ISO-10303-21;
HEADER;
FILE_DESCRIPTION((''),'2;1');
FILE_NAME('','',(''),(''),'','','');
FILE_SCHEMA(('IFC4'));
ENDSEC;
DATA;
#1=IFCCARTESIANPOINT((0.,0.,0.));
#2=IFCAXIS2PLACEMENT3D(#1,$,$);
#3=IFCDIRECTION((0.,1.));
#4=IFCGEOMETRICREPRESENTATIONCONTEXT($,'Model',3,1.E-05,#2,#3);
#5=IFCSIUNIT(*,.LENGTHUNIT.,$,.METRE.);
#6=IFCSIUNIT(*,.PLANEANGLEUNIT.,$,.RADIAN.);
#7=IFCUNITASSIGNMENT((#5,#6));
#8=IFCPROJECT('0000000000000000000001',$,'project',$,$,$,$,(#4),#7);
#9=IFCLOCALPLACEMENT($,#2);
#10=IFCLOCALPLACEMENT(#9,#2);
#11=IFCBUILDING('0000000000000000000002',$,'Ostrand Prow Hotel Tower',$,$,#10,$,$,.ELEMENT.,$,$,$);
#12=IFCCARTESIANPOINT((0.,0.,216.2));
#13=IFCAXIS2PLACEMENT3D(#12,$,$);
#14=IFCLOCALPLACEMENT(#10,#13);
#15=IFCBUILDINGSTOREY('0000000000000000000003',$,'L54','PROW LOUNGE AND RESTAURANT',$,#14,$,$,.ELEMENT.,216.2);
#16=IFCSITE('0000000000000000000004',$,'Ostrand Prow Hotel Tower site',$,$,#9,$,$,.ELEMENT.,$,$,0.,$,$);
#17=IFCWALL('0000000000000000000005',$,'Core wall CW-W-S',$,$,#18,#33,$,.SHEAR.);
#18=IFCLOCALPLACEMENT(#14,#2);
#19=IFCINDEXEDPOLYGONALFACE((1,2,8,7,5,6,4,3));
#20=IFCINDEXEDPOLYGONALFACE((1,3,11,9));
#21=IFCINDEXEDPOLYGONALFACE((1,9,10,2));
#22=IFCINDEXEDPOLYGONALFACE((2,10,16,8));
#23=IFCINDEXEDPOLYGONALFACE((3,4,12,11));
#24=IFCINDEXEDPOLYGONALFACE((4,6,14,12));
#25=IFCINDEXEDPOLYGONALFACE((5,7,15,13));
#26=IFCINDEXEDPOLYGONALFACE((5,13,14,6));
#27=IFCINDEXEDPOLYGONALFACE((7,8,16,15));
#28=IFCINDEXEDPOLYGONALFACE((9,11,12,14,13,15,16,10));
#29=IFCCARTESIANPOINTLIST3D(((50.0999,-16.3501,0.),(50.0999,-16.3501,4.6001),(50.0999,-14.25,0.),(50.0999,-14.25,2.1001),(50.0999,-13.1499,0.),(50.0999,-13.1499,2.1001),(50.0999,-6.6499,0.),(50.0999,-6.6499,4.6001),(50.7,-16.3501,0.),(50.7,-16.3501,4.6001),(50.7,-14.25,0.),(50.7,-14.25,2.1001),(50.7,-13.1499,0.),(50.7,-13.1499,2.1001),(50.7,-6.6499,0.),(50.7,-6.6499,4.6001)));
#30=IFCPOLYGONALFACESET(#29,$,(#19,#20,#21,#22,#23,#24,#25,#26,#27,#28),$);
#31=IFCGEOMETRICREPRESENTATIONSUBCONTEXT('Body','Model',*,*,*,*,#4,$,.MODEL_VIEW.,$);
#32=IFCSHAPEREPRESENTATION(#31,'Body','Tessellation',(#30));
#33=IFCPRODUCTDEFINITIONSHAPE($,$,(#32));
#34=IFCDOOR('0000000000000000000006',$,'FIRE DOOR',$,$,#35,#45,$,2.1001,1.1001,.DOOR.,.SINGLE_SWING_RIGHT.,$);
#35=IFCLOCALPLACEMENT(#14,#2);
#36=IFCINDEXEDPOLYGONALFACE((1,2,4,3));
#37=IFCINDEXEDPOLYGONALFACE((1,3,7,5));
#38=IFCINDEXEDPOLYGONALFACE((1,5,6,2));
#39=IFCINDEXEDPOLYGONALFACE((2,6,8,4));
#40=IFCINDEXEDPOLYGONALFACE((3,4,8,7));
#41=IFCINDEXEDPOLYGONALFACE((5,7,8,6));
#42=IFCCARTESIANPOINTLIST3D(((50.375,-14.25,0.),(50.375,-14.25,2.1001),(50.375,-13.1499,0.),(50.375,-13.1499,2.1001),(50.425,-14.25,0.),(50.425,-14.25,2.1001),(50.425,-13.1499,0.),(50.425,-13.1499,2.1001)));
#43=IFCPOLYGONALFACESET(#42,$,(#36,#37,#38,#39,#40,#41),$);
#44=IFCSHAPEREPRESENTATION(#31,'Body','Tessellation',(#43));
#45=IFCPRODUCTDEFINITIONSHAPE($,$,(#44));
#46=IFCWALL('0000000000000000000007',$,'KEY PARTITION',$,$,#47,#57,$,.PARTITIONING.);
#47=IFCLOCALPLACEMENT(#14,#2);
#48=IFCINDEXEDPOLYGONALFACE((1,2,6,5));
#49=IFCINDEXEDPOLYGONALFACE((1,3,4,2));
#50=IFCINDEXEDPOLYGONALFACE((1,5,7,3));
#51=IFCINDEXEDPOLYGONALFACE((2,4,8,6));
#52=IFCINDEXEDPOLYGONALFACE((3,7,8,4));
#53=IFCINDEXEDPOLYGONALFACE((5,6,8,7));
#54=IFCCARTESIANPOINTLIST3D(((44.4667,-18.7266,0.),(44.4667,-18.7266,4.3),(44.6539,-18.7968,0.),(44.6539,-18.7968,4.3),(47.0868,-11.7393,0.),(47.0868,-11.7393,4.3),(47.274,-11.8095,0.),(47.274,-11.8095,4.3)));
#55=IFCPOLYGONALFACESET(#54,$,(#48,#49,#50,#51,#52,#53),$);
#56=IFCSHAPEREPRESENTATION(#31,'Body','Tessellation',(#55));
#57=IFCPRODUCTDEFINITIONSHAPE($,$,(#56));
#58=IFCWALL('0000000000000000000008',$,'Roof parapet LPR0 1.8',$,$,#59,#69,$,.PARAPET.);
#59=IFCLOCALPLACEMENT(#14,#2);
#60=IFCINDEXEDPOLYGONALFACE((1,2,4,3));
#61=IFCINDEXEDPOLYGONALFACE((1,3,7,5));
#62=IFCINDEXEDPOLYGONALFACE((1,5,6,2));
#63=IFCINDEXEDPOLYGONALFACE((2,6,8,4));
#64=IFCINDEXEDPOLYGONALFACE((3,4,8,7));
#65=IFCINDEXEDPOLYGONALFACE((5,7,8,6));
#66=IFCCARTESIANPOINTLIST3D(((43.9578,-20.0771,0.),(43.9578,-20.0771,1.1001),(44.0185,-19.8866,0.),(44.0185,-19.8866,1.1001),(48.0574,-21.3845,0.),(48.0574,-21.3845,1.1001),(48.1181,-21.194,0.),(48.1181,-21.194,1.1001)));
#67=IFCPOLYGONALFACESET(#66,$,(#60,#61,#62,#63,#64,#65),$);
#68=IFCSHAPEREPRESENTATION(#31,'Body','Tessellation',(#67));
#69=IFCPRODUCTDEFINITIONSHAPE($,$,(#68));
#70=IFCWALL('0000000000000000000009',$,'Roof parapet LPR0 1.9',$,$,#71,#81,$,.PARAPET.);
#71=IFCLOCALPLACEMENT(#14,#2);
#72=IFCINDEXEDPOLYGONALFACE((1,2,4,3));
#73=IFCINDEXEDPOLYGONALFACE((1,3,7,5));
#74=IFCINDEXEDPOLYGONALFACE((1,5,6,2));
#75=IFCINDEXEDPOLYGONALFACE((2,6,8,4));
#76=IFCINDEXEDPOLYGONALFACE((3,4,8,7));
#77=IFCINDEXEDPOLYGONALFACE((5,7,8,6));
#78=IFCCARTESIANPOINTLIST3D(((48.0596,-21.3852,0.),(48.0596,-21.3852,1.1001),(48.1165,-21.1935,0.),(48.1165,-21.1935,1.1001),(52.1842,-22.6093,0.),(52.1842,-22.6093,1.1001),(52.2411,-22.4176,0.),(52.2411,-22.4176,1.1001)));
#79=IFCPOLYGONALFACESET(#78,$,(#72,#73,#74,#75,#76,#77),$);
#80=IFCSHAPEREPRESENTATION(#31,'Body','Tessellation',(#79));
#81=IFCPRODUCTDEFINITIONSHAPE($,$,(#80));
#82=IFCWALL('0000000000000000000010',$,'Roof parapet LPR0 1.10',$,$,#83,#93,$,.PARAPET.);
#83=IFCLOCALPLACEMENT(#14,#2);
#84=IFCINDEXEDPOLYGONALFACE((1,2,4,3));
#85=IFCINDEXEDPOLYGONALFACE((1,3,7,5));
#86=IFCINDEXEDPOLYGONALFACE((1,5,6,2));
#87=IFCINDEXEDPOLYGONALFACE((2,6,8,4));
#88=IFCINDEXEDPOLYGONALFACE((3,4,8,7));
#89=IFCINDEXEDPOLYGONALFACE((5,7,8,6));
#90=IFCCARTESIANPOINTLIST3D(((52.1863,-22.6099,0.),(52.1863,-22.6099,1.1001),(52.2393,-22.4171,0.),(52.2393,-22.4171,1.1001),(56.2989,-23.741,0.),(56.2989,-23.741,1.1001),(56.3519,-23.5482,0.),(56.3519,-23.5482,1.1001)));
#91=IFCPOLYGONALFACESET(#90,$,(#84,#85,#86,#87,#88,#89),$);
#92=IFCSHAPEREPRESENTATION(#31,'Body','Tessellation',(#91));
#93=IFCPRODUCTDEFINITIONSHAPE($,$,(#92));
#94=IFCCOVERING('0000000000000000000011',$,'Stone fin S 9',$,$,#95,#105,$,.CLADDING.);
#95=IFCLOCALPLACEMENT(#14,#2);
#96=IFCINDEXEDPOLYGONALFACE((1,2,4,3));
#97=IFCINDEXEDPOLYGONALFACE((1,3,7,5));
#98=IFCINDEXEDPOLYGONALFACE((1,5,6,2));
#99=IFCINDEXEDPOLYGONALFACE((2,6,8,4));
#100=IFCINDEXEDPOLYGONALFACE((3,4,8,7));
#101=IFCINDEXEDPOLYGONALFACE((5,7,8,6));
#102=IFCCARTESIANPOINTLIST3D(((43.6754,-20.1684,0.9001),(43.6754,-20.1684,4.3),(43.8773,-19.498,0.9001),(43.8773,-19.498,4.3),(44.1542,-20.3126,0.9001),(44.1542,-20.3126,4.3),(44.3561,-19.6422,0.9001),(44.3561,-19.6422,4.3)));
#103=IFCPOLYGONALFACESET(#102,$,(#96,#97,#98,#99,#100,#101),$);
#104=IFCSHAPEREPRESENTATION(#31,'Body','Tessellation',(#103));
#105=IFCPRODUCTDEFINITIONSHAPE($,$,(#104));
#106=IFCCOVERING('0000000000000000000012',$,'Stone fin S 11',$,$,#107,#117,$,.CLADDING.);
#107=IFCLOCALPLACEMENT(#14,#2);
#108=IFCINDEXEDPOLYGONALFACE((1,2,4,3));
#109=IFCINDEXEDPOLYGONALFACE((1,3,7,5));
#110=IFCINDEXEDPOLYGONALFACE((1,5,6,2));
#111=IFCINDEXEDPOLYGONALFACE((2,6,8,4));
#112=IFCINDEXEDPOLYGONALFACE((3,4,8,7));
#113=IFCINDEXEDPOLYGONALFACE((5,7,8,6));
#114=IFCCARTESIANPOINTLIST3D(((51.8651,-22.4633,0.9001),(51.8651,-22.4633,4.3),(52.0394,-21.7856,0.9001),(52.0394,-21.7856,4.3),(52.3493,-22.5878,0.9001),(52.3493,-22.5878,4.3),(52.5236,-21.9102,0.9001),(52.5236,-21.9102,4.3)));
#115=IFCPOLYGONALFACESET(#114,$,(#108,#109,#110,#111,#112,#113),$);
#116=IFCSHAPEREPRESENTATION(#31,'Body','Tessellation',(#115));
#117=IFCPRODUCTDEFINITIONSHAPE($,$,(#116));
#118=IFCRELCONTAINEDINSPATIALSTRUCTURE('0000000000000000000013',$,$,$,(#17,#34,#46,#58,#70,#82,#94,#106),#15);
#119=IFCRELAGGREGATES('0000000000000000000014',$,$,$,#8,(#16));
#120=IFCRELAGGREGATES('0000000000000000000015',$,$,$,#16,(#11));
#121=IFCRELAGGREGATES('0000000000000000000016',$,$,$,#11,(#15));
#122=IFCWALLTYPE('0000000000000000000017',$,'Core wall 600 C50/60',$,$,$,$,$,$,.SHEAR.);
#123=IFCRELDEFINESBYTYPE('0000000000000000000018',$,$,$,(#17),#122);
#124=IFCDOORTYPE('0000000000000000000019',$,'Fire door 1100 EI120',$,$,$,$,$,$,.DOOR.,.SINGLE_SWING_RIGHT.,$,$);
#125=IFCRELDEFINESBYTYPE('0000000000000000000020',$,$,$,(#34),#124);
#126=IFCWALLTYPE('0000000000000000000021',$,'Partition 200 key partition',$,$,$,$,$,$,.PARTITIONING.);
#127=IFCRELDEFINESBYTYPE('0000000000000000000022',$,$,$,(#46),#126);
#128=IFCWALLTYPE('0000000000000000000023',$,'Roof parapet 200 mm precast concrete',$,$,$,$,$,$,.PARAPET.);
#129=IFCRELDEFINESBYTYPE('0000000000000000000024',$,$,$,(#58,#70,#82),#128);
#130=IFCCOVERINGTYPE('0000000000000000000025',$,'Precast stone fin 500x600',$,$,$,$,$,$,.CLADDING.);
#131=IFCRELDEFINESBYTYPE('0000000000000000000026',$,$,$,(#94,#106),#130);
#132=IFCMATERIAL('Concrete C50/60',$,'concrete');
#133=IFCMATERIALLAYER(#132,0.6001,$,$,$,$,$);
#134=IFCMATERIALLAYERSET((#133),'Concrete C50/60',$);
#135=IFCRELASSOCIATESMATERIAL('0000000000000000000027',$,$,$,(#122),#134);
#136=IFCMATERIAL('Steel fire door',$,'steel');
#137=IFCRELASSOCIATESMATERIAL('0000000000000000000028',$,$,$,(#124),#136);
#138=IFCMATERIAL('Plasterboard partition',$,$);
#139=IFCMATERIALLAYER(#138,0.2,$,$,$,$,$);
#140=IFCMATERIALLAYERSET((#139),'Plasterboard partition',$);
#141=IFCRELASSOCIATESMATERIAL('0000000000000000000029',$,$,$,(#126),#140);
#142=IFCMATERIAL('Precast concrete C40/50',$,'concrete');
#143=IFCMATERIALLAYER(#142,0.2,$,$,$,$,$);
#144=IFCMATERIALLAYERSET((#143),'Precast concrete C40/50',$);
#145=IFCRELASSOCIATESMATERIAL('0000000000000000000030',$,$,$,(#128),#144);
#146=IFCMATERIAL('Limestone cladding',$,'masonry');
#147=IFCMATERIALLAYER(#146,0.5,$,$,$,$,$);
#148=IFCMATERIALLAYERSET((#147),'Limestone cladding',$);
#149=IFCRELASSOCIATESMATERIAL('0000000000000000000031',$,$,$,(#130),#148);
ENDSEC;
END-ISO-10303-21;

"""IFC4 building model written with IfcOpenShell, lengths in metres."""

from ifc_helpers import new_model, si_unit, direction, frame, frame_2d, origin, place, context, subcontext, project, spatial, rectangle, extrude, material, layer, layer_set, type_object, element, fill, save


model = new_model("IFC4")

# Units and contexts
model_context = context("Model", 3, precision=1e-05, world=origin(), true_north=direction((0.0, 1.0)))
body_context = subcontext(model_context, "Body", "Model", "MODEL_VIEW")
ifc_project = project(units=[si_unit("LENGTHUNIT", "METRE"), si_unit("PLANEANGLEUNIT", "RADIAN")], contexts=[model_context])

# Site, building, storey
site_placement = place(None, origin())
site = spatial("IfcSite", under=ifc_project, at=site_placement, Name="Ostrand Prow Hotel Tower site", CompositionType="ELEMENT", RefElevation=0.0)
building_placement = place(site_placement, origin())
building = spatial("IfcBuilding", under=site, at=building_placement, Name="Ostrand Prow Hotel Tower", CompositionType="ELEMENT")
storey_placement = place(building_placement, frame((0.0, 0.0, 216.2)))
storey = spatial("IfcBuildingStorey", under=building, at=storey_placement, Name="L54", Description="PROW LOUNGE AND RESTAURANT", CompositionType="ELEMENT", Elevation=216.2)

# Wall, opening, door
ifc_material_1 = material(Name="Concrete C50/60", Category="concrete")
ifc_layer_1 = layer(ifc_material_1, 0.6001)
ifc_layer_set_1 = layer_set([ifc_layer_1], Name="Concrete C50/60")
wall_type_1 = type_object("IfcWallType", Name="Core wall 600 C50/60", PredefinedType="SHEAR", material=ifc_layer_set_1)
wall_1_placement = place(storey_placement, frame((50.3999, -16.3501, 0.0), z_axis=(0.0, 0.0, 1.0), x_axis=(0.0, 1.0, 0.0)))
wall_1 = element("IfcWall", 1, at=wall_1_placement, inside=storey, type_object=wall_type_1, Name="Core wall CW-W-S", PredefinedType="SHEAR", context=body_context, shape_type="SweptSolid", body=[
    extrude(rectangle(XDim=9.7002, YDim=0.6001, at=frame_2d((4.8501, 0.0))), origin(), (0.0, 0.0, 1.0), 4.6001),
])
opening_placement = place(wall_1_placement, frame((2.1001, 0.0, 0.0)))
opening = element("IfcOpeningElement", 2, at=opening_placement, cuts=wall_1, PredefinedType="OPENING", context=body_context, shape_type="SweptSolid", body=[
    extrude(rectangle(XDim=1.1001, YDim=2.1001, at=frame_2d((0.55, 1.05))), frame((0.0, 0.3101, 0.0), z_axis=(0.0, -1.0, 0.0), x_axis=(1.0, 0.0, 0.0)), (0.0, 0.0, 1.0), 0.6201),
])
ifc_material_2 = material(Name="Steel fire door", Category="steel")
door_type = type_object("IfcDoorType", Name="Fire door 1100 EI120", OperationType="SINGLE_SWING_RIGHT", PredefinedType="DOOR", material=ifc_material_2)
door_placement = place(opening_placement, origin())
door = element("IfcDoor", 3, at=door_placement, inside=storey, type_object=door_type, Name="FIRE DOOR", OperationType="SINGLE_SWING_RIGHT", OverallHeight=2.1001, OverallWidth=1.1001, PredefinedType="DOOR", context=body_context, shape_type="SweptSolid", body=[
    extrude(rectangle(XDim=1.1001, YDim=2.1001, at=frame_2d((0.55, 1.05))), frame((0.0, 0.0249, 0.0), z_axis=(0.0, -1.0, 0.0), x_axis=(1.0, 0.0, 0.0)), (0.0, 0.0, 1.0), 0.05),
])
fill(opening, door)

# Walls
ifc_material_3 = material(Name="Plasterboard partition")
ifc_layer_2 = layer(ifc_material_3, 0.2)
ifc_layer_set_2 = layer_set([ifc_layer_2], Name="Plasterboard partition")
wall_type_2 = type_object("IfcWallType", Name="Partition 200 key partition", PredefinedType="PARTITIONING", material=ifc_layer_set_2)
wall_2_placement = place(storey_placement, frame((44.5603, -18.7617, 0.0), z_axis=(0.0, 0.0, 1.0), x_axis=(0.351109, 0.936335, 0.0)))
element("IfcWall", 4, at=wall_2_placement, inside=storey, type_object=wall_type_2, Name="KEY PARTITION", PredefinedType="PARTITIONING", context=body_context, shape_type="SweptSolid", body=[
    extrude(rectangle(XDim=7.4624, YDim=0.2, at=frame_2d((3.7312, 0.0))), origin(), (0.0, 0.0, 1.0), 4.3),
])
ifc_material_4 = material(Name="Precast concrete C40/50", Category="concrete")
ifc_layer_3 = layer(ifc_material_4, 0.2)
ifc_layer_set_3 = layer_set([ifc_layer_3], Name="Precast concrete C40/50")
wall_type_3 = type_object("IfcWallType", Name="Roof parapet 200 mm precast concrete", PredefinedType="PARAPET", material=ifc_layer_set_3)
wall_3_placement = place(storey_placement, frame((43.9883, -19.9819, 0.0), z_axis=(0.0, 0.0, 1.0), x_axis=(0.952727, -0.303827, 0.0)))
element("IfcWall", 5, at=wall_3_placement, inside=storey, type_object=wall_type_3, Name="Roof parapet LPR0 1.8", PredefinedType="PARAPET", context=body_context, shape_type="SweptSolid", body=[
    extrude(rectangle(XDim=4.303, YDim=0.2, at=frame_2d((2.1514, 0.0))), origin(), (0.0, 0.0, 1.0), 1.1001),
])
wall_4_placement = place(storey_placement, frame((48.0879, -21.2893, 0.0), z_axis=(0.0, 0.0, 1.0), x_axis=(0.958673, -0.284509, 0.0)))
element("IfcWall", 6, at=wall_4_placement, inside=storey, type_object=wall_type_3, Name="Roof parapet LPR0 1.9", PredefinedType="PARAPET", context=body_context, shape_type="SweptSolid", body=[
    extrude(rectangle(XDim=4.3025, YDim=0.2, at=frame_2d((2.1514, 0.0))), origin(), (0.0, 0.0, 1.0), 1.1001),
])
wall_5_placement = place(storey_placement, frame((52.2126, -22.5134, 0.0), z_axis=(0.0, 0.0, 1.0), x_axis=(0.964196, -0.26519, 0.0)))
element("IfcWall", 7, at=wall_5_placement, inside=storey, type_object=wall_type_3, Name="Roof parapet LPR0 1.10", PredefinedType="PARAPET", context=body_context, shape_type="SweptSolid", body=[
    extrude(rectangle(XDim=4.2654, YDim=0.2, at=frame_2d((2.1328, 0.0))), origin(), (0.0, 0.0, 1.0), 1.1001),
])

# Coverings
ifc_material_5 = material(Name="Limestone cladding", Category="masonry")
ifc_layer_4 = layer(ifc_material_5, 0.5)
ifc_layer_set_4 = layer_set([ifc_layer_4], Name="Limestone cladding")
covering_type = type_object("IfcCoveringType", Name="Precast stone fin 500x600", PredefinedType="CLADDING", material=ifc_layer_set_4)
covering_1_placement = place(storey_placement, frame((44.1167, -19.5701, 0.9001), z_axis=(0.0, 0.0, 1.0), x_axis=(-0.288371, -0.957519, 0.0)))
element("IfcCovering", 8, at=covering_1_placement, inside=storey, type_object=covering_type, Name="Stone fin S 9", PredefinedType="CLADDING", context=body_context, shape_type="SweptSolid", body=[
    extrude(rectangle(XDim=0.7002, YDim=0.5, at=frame_2d((0.3501, 0.0))), origin(), (0.0, 0.0, 1.0), 3.3999),
])
covering_2_placement = place(storey_placement, frame((52.2815, -21.8479, 0.9001), z_axis=(0.0, 0.0, 1.0), x_axis=(-0.249097, -0.968479, 0.0)))
element("IfcCovering", 9, at=covering_2_placement, inside=storey, type_object=covering_type, Name="Stone fin S 11", PredefinedType="CLADDING", context=body_context, shape_type="SweptSolid", body=[
    extrude(rectangle(XDim=0.6997, YDim=0.5, at=frame_2d((0.3499, 0.0))), origin(), (0.0, 0.0, 1.0), 3.3999),
])

save(model, "model.ifc")
